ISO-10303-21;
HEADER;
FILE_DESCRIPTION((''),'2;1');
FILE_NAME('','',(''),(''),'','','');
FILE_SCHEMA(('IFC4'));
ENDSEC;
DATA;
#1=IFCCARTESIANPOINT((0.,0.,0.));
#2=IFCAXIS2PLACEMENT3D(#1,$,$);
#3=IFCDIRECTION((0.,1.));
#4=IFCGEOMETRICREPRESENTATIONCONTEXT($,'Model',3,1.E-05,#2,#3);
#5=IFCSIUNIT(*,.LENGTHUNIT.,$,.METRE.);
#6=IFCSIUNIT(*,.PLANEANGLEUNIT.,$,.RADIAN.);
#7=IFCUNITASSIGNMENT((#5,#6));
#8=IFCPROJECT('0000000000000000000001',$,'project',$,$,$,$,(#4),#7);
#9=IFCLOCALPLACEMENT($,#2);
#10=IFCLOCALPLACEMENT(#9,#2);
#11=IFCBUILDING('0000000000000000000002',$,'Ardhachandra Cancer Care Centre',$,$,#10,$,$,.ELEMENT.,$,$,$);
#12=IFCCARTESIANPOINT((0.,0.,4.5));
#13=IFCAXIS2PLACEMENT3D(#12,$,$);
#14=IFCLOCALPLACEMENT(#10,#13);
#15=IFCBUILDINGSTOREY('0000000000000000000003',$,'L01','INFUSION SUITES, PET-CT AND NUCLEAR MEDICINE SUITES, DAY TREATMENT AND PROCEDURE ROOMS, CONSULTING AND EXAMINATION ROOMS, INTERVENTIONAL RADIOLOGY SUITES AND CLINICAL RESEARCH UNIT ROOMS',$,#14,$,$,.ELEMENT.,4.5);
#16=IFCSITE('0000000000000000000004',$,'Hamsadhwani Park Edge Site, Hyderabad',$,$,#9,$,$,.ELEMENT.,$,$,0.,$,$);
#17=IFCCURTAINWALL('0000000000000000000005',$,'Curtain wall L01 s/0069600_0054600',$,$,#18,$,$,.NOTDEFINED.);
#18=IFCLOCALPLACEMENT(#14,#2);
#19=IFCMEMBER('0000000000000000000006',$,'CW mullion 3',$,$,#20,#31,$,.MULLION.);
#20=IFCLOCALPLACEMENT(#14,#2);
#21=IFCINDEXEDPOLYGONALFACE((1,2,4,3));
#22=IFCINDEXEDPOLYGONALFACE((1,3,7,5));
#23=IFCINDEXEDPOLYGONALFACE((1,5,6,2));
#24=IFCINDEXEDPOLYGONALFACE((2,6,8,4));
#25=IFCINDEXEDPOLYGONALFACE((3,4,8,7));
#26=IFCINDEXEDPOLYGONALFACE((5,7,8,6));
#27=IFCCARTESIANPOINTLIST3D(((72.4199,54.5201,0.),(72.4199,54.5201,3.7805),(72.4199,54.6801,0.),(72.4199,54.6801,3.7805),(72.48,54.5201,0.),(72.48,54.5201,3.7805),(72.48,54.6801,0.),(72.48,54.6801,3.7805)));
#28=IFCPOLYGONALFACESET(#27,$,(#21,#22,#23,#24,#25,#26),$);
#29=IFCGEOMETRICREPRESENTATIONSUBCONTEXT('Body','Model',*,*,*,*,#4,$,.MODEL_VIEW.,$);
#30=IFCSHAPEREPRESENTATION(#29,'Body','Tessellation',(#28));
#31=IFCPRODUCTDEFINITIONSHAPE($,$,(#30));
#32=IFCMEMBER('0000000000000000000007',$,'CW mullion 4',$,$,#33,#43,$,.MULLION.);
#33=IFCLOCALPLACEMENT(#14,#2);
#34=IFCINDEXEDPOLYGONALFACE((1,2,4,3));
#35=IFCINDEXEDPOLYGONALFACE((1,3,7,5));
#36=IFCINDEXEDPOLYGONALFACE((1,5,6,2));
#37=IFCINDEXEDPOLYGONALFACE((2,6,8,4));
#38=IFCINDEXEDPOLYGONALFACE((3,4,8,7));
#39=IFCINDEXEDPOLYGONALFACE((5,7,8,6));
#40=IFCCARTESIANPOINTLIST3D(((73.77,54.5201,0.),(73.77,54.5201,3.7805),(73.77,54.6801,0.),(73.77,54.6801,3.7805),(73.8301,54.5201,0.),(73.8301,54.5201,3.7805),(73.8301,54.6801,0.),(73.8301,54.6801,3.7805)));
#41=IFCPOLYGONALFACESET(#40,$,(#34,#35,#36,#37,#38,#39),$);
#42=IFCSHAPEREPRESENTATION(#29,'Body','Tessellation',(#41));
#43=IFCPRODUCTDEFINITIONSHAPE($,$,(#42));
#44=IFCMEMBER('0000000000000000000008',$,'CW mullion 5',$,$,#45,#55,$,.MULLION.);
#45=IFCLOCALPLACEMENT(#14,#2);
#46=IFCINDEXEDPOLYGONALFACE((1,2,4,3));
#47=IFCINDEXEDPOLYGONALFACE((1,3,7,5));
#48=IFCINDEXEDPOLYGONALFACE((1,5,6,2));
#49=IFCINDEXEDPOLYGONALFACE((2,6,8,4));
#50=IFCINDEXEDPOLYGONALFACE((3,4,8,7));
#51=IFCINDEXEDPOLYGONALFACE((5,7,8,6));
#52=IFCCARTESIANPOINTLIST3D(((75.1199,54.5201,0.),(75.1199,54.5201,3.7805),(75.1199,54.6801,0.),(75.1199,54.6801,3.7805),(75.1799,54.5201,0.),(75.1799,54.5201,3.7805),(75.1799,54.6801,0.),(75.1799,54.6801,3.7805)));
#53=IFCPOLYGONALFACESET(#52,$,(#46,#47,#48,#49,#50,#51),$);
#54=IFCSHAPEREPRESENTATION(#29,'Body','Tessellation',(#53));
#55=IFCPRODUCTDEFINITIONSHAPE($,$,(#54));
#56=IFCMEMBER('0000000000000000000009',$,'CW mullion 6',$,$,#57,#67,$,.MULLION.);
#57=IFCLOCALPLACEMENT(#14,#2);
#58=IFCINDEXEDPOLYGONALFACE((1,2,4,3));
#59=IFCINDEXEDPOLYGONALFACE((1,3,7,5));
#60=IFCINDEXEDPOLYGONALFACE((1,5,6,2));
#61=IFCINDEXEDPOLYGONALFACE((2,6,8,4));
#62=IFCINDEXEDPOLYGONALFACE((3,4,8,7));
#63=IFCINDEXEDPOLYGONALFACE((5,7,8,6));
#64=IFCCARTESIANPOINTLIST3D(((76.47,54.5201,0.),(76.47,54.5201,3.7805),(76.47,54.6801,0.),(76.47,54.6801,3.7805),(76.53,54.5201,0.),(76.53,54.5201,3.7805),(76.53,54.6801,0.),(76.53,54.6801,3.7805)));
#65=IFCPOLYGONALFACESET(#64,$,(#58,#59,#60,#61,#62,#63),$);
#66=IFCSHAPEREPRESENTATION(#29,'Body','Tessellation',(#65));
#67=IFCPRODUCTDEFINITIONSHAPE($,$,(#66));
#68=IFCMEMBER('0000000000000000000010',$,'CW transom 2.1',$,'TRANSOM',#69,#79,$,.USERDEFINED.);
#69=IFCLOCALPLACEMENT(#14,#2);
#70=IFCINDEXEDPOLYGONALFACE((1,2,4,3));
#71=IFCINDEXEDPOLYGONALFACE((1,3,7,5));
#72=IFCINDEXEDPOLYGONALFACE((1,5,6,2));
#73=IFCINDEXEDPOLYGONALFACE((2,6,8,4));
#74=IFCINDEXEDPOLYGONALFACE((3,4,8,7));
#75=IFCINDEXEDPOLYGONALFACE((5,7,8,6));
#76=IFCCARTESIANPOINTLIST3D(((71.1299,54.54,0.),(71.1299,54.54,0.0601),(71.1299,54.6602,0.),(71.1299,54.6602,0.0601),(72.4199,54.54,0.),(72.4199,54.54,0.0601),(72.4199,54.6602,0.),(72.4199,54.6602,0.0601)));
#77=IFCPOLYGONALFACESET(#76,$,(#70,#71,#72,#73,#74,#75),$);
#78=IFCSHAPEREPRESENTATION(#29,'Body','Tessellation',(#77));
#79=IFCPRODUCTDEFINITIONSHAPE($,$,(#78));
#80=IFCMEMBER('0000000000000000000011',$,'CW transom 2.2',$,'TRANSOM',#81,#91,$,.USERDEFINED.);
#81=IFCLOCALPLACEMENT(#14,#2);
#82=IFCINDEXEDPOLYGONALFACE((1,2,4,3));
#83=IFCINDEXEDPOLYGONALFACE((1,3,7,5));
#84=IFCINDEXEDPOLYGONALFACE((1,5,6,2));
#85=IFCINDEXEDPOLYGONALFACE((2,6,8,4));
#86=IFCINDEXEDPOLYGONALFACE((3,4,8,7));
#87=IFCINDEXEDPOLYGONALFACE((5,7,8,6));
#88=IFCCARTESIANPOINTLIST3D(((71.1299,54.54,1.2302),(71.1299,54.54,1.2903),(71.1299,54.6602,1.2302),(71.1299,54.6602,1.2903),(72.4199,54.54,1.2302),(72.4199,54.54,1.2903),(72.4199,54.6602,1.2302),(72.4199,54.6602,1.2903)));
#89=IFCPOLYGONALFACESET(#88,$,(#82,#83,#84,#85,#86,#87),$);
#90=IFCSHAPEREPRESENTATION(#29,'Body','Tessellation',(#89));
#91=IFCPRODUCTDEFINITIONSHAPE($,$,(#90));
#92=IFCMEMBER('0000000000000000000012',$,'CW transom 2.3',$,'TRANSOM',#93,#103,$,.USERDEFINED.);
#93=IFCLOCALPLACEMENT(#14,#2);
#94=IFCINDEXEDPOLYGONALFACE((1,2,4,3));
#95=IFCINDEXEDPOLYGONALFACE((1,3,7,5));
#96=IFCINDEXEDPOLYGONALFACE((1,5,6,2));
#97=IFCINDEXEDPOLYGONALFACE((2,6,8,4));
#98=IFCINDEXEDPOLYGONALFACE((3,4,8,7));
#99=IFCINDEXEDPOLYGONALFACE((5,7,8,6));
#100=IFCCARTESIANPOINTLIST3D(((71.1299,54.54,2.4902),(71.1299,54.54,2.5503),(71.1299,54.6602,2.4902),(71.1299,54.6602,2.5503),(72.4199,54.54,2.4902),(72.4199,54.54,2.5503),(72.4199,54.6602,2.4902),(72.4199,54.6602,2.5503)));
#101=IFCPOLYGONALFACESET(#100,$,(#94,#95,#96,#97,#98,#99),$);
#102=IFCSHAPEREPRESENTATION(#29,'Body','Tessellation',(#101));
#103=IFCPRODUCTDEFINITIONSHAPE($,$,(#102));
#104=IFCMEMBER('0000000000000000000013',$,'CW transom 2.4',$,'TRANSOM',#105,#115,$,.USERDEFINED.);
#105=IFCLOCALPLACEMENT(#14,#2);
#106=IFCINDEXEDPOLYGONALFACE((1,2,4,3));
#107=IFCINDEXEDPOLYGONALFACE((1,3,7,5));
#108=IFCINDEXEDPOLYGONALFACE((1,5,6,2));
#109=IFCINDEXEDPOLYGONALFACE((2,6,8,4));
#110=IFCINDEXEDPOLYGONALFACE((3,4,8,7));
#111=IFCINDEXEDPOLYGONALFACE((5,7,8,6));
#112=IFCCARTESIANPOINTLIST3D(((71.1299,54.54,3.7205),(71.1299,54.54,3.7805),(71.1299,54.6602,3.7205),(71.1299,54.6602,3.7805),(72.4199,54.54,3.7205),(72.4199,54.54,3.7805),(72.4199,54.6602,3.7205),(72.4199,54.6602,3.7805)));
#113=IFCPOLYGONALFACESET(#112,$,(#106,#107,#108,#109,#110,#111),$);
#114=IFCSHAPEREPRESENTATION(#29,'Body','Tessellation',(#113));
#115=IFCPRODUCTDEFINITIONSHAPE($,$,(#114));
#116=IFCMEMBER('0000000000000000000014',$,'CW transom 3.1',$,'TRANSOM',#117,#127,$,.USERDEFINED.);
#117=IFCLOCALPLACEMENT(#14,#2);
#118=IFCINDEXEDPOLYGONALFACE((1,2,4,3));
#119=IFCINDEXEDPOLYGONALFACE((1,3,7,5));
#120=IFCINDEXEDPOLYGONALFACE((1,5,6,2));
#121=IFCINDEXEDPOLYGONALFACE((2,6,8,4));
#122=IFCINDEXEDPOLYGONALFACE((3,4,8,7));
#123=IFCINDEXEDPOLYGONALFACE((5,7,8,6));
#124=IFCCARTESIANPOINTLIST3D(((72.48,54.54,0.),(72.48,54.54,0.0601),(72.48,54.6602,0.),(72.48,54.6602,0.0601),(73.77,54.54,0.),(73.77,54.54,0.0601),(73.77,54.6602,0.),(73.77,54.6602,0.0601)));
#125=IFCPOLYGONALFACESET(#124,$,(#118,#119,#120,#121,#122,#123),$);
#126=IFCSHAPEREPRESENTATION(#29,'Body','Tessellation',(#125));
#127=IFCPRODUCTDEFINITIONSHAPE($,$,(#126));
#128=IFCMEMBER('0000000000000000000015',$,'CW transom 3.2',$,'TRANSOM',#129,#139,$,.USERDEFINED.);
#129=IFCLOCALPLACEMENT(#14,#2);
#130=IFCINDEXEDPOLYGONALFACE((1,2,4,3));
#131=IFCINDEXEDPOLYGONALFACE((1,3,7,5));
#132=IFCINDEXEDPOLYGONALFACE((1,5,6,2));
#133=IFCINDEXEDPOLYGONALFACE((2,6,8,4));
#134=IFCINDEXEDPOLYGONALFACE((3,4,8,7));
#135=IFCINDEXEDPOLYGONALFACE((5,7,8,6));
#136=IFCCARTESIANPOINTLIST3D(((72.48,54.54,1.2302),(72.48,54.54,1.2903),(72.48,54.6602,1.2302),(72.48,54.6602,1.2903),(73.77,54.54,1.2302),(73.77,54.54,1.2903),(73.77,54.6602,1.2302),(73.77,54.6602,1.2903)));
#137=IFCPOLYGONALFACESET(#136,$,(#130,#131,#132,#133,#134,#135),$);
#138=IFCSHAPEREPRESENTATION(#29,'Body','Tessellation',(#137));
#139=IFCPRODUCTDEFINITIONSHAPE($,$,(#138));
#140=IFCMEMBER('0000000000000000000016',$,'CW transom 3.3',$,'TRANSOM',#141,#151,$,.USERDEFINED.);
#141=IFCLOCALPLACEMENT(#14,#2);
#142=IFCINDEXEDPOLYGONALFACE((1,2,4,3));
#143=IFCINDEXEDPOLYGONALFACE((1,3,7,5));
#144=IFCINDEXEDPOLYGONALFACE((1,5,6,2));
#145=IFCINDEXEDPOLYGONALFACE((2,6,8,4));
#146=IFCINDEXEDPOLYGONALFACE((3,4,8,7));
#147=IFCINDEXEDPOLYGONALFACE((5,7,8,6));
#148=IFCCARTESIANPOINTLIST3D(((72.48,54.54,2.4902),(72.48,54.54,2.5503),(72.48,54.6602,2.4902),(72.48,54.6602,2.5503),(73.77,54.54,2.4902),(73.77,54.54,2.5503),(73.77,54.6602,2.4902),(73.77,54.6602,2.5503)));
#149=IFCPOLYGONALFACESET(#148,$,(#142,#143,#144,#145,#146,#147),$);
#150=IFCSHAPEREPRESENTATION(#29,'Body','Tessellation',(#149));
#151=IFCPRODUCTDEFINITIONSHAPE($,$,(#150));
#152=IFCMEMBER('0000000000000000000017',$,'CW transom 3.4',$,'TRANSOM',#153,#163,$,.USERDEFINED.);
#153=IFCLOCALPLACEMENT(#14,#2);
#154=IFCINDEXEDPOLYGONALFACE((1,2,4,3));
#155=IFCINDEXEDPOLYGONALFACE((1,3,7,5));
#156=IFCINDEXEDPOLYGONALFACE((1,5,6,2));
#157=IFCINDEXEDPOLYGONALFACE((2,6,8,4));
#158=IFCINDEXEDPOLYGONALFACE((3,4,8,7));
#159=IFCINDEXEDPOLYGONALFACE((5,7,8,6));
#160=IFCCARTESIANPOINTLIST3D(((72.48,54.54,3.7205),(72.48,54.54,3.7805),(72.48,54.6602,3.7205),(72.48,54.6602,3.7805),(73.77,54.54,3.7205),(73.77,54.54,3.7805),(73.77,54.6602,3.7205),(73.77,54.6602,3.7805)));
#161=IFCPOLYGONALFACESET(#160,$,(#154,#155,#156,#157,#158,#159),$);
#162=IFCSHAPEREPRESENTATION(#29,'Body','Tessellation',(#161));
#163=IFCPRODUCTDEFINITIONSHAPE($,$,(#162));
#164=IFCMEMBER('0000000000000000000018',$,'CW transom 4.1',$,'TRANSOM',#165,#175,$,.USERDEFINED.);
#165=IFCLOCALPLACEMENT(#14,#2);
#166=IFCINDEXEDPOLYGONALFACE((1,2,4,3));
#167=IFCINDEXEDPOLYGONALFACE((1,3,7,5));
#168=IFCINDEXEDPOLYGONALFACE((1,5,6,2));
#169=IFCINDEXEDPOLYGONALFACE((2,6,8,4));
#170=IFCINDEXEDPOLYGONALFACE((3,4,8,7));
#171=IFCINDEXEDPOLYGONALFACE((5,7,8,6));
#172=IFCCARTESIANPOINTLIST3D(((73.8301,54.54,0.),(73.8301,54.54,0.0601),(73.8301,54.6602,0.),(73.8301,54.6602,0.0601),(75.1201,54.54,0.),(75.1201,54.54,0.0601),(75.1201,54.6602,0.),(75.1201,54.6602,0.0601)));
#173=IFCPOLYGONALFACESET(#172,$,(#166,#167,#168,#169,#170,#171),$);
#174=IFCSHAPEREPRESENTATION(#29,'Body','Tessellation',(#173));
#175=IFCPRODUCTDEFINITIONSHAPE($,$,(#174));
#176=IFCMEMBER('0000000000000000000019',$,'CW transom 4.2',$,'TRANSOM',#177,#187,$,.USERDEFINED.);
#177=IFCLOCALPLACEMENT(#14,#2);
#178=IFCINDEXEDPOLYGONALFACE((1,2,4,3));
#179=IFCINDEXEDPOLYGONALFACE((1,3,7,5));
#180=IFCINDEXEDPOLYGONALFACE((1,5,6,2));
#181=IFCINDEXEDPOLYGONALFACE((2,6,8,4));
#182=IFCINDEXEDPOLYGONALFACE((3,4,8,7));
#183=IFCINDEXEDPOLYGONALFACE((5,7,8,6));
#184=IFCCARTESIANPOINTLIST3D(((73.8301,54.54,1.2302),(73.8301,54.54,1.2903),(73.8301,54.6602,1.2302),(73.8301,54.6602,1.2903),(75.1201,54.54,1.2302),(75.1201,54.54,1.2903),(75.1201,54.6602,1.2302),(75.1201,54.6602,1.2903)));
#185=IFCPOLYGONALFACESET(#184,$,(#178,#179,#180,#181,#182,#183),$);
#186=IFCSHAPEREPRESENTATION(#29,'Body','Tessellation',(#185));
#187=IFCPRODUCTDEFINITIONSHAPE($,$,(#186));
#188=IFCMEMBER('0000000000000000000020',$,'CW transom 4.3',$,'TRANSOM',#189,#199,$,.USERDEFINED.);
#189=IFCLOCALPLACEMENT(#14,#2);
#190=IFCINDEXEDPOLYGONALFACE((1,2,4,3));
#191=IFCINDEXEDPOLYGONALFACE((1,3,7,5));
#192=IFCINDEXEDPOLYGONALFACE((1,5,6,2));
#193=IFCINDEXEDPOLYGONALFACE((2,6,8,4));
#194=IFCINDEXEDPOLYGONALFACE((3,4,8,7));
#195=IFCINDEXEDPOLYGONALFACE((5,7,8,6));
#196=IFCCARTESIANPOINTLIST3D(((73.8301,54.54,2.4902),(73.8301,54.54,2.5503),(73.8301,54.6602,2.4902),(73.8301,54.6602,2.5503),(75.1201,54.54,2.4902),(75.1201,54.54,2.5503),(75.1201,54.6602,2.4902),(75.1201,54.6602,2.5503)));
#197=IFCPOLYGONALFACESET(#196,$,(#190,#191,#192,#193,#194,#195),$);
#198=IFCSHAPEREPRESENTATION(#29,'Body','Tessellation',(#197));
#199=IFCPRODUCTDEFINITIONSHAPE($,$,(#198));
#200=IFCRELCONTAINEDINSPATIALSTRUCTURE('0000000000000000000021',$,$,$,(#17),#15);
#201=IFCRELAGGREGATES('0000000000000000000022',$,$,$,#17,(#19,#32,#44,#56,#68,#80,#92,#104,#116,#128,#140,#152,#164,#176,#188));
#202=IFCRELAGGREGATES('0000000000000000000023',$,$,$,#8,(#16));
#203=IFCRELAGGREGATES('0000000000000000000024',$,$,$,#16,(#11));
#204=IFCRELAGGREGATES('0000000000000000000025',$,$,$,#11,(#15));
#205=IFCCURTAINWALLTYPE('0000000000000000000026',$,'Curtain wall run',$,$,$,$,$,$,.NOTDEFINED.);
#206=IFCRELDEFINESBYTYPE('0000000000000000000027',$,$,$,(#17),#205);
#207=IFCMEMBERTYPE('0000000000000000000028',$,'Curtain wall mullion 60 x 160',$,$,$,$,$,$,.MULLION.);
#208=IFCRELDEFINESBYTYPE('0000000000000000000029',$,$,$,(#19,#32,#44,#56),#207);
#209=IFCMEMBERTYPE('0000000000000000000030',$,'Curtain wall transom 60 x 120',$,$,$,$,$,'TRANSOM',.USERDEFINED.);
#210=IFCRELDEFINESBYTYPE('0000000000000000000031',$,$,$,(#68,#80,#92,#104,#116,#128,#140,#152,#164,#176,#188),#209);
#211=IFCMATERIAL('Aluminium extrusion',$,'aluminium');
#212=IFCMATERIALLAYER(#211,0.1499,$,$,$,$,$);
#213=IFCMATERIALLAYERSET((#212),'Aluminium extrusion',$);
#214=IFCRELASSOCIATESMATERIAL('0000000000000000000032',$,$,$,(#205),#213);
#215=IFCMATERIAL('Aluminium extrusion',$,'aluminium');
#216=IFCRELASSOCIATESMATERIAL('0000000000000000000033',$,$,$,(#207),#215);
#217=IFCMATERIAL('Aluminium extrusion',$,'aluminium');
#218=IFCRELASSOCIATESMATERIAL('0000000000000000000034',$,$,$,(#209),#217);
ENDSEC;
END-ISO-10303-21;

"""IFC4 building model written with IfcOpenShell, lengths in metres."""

from ifc_helpers import new_model, si_unit, direction, frame, origin, origin_2d, place, context, subcontext, project, spatial, rectangle, extrude, material, layer, layer_set, material_profile, profile_set, type_object, element, aggregate, save


model = new_model("IFC4")

# Units and contexts
model_context = context("Model", 3, precision=1e-05, world=origin(), true_north=direction((0.0, 1.0)))
body_context = subcontext(model_context, "Body", "Model", "MODEL_VIEW")
ifc_project = project(units=[si_unit("LENGTHUNIT", "METRE"), si_unit("PLANEANGLEUNIT", "RADIAN")], contexts=[model_context])

# Site, building, storey
site_placement = place(None, origin())
site = spatial("IfcSite", under=ifc_project, at=site_placement, Name="Hamsadhwani Park Edge Site, Hyderabad", CompositionType="ELEMENT", RefElevation=0.0)
building_placement = place(site_placement, origin())
building = spatial("IfcBuilding", under=site, at=building_placement, Name="Ardhachandra Cancer Care Centre", CompositionType="ELEMENT")
storey_placement = place(building_placement, frame((0.0, 0.0, 4.5)))
storey = spatial("IfcBuildingStorey", under=building, at=storey_placement, Name="L01", Description="INFUSION SUITES, PET-CT AND NUCLEAR MEDICINE SUITES, DAY TREATMENT AND PROCEDURE ROOMS, CONSULTING AND EXAMINATION ROOMS, INTERVENTIONAL RADIOLOGY SUITES AND CLINICAL RESEARCH UNIT ROOMS", CompositionType="ELEMENT", Elevation=4.5)

# Curtain wall, members
ifc_material_1 = material(Name="Aluminium extrusion", Category="aluminium")
ifc_layer_1 = layer(ifc_material_1, 0.1499)
ifc_layer_set_1 = layer_set([ifc_layer_1], Name="Aluminium extrusion")
curtain_wall_type = type_object("IfcCurtainWallType", Name="Curtain wall run", PredefinedType="NOTDEFINED", material=ifc_layer_set_1)
curtain_wall_placement = place(storey_placement, origin())
curtain_wall = element("IfcCurtainWall", 1, at=curtain_wall_placement, inside=storey, type_object=curtain_wall_type, Name="Curtain wall L01 s/0069600_0054600", PredefinedType="NOTDEFINED")
ifc_material_2 = material(Name="Aluminium extrusion", Category="aluminium")
ifc_material_profile_1 = material_profile(ifc_material_2, rectangle(XDim=0.1599, YDim=0.0601, at=origin_2d()), Name="Curtain wall mullion 60 x 160")
ifc_profile_set_1 = profile_set([ifc_material_profile_1], Name="Aluminium extrusion")
member_type_1 = type_object("IfcMemberType", Name="Curtain wall mullion 60 x 160", PredefinedType="MULLION", material=ifc_profile_set_1)
member_1_placement = place(storey_placement, frame((72.45, 54.6001, 0.0), z_axis=(0.0, 0.0, 1.0), x_axis=(0.0, 1.0, 0.0)))
member_1 = element("IfcMember", 2, at=member_1_placement, type_object=member_type_1, Name="CW mullion 3", PredefinedType="MULLION", context=body_context, shape_type="SweptSolid", body=[
    extrude(rectangle(XDim=0.1599, YDim=0.0601, at=origin_2d()), origin(), (0.0, 0.0, 1.0), 3.7805),
])
member_2_placement = place(storey_placement, frame((73.8, 54.6001, 0.0), z_axis=(0.0, 0.0, 1.0), x_axis=(0.0, 1.0, 0.0)))
member_2 = element("IfcMember", 3, at=member_2_placement, type_object=member_type_1, Name="CW mullion 4", PredefinedType="MULLION", context=body_context, shape_type="SweptSolid", body=[
    extrude(rectangle(XDim=0.1599, YDim=0.0601, at=origin_2d()), origin(), (0.0, 0.0, 1.0), 3.7805),
])
member_3_placement = place(storey_placement, frame((75.1499, 54.6001, 0.0), z_axis=(0.0, 0.0, 1.0), x_axis=(0.0, 1.0, 0.0)))
member_3 = element("IfcMember", 4, at=member_3_placement, type_object=member_type_1, Name="CW mullion 5", PredefinedType="MULLION", context=body_context, shape_type="SweptSolid", body=[
    extrude(rectangle(XDim=0.1599, YDim=0.0601, at=origin_2d()), origin(), (0.0, 0.0, 1.0), 3.7805),
])
member_4_placement = place(storey_placement, frame((76.5, 54.6001, 0.0), z_axis=(0.0, 0.0, 1.0), x_axis=(0.0, 1.0, 0.0)))
member_4 = element("IfcMember", 5, at=member_4_placement, type_object=member_type_1, Name="CW mullion 6", PredefinedType="MULLION", context=body_context, shape_type="SweptSolid", body=[
    extrude(rectangle(XDim=0.1599, YDim=0.0601, at=origin_2d()), origin(), (0.0, 0.0, 1.0), 3.7805),
])
ifc_material_3 = material(Name="Aluminium extrusion", Category="aluminium")
ifc_material_profile_2 = material_profile(ifc_material_3, rectangle(XDim=0.1201, YDim=0.0601, at=origin_2d()), Name="Curtain wall transom 60 x 120")
ifc_profile_set_2 = profile_set([ifc_material_profile_2], Name="Aluminium extrusion")
member_type_2 = type_object("IfcMemberType", Name="Curtain wall transom 60 x 120", ElementType="TRANSOM", PredefinedType="USERDEFINED", material=ifc_profile_set_2)
member_5_placement = place(storey_placement, frame((71.1299, 54.6001, 0.03), z_axis=(1.0, 0.0, 0.0), x_axis=(0.0, 1.0, 0.0)))
member_5 = element("IfcMember", 6, at=member_5_placement, type_object=member_type_2, Name="CW transom 2.1", ObjectType="TRANSOM", PredefinedType="USERDEFINED", context=body_context, shape_type="SweptSolid", body=[
    extrude(rectangle(XDim=0.1201, YDim=0.0601, at=origin_2d()), origin(), (0.0, 0.0, 1.0), 1.29),
])
member_6_placement = place(storey_placement, frame((71.1299, 54.6001, 1.2603), z_axis=(1.0, 0.0, 0.0), x_axis=(0.0, 1.0, 0.0)))
member_6 = element("IfcMember", 7, at=member_6_placement, type_object=member_type_2, Name="CW transom 2.2", ObjectType="TRANSOM", PredefinedType="USERDEFINED", context=body_context, shape_type="SweptSolid", body=[
    extrude(rectangle(XDim=0.1201, YDim=0.0601, at=origin_2d()), origin(), (0.0, 0.0, 1.0), 1.29),
])
member_7_placement = place(storey_placement, frame((71.1299, 54.6001, 2.5203), z_axis=(1.0, 0.0, 0.0), x_axis=(0.0, 1.0, 0.0)))
member_7 = element("IfcMember", 8, at=member_7_placement, type_object=member_type_2, Name="CW transom 2.3", ObjectType="TRANSOM", PredefinedType="USERDEFINED", context=body_context, shape_type="SweptSolid", body=[
    extrude(rectangle(XDim=0.1201, YDim=0.0601, at=origin_2d()), origin(), (0.0, 0.0, 1.0), 1.29),
])
member_8_placement = place(storey_placement, frame((71.1299, 54.6001, 3.7505), z_axis=(1.0, 0.0, 0.0), x_axis=(0.0, 1.0, 0.0)))
member_8 = element("IfcMember", 9, at=member_8_placement, type_object=member_type_2, Name="CW transom 2.4", ObjectType="TRANSOM", PredefinedType="USERDEFINED", context=body_context, shape_type="SweptSolid", body=[
    extrude(rectangle(XDim=0.1201, YDim=0.0601, at=origin_2d()), origin(), (0.0, 0.0, 1.0), 1.29),
])
member_9_placement = place(storey_placement, frame((72.48, 54.6001, 0.03), z_axis=(1.0, 0.0, 0.0), x_axis=(0.0, 1.0, 0.0)))
member_9 = element("IfcMember", 10, at=member_9_placement, type_object=member_type_2, Name="CW transom 3.1", ObjectType="TRANSOM", PredefinedType="USERDEFINED", context=body_context, shape_type="SweptSolid", body=[
    extrude(rectangle(XDim=0.1201, YDim=0.0601, at=origin_2d()), origin(), (0.0, 0.0, 1.0), 1.29),
])
member_10_placement = place(storey_placement, frame((72.48, 54.6001, 1.2603), z_axis=(1.0, 0.0, 0.0), x_axis=(0.0, 1.0, 0.0)))
member_10 = element("IfcMember", 11, at=member_10_placement, type_object=member_type_2, Name="CW transom 3.2", ObjectType="TRANSOM", PredefinedType="USERDEFINED", context=body_context, shape_type="SweptSolid", body=[
    extrude(rectangle(XDim=0.1201, YDim=0.0601, at=origin_2d()), origin(), (0.0, 0.0, 1.0), 1.29),
])
member_11_placement = place(storey_placement, frame((72.48, 54.6001, 2.5203), z_axis=(1.0, 0.0, 0.0), x_axis=(0.0, 1.0, 0.0)))
member_11 = element("IfcMember", 12, at=member_11_placement, type_object=member_type_2, Name="CW transom 3.3", ObjectType="TRANSOM", PredefinedType="USERDEFINED", context=body_context, shape_type="SweptSolid", body=[
    extrude(rectangle(XDim=0.1201, YDim=0.0601, at=origin_2d()), origin(), (0.0, 0.0, 1.0), 1.29),
])
member_12_placement = place(storey_placement, frame((72.48, 54.6001, 3.7505), z_axis=(1.0, 0.0, 0.0), x_axis=(0.0, 1.0, 0.0)))
member_12 = element("IfcMember", 13, at=member_12_placement, type_object=member_type_2, Name="CW transom 3.4", ObjectType="TRANSOM", PredefinedType="USERDEFINED", context=body_context, shape_type="SweptSolid", body=[
    extrude(rectangle(XDim=0.1201, YDim=0.0601, at=origin_2d()), origin(), (0.0, 0.0, 1.0), 1.29),
])
member_13_placement = place(storey_placement, frame((73.8301, 54.6001, 0.03), z_axis=(1.0, 0.0, 0.0), x_axis=(0.0, 1.0, 0.0)))
member_13 = element("IfcMember", 14, at=member_13_placement, type_object=member_type_2, Name="CW transom 4.1", ObjectType="TRANSOM", PredefinedType="USERDEFINED", context=body_context, shape_type="SweptSolid", body=[
    extrude(rectangle(XDim=0.1201, YDim=0.0601, at=origin_2d()), origin(), (0.0, 0.0, 1.0), 1.29),
])
member_14_placement = place(storey_placement, frame((73.8301, 54.6001, 1.2603), z_axis=(1.0, 0.0, 0.0), x_axis=(0.0, 1.0, 0.0)))
member_14 = element("IfcMember", 15, at=member_14_placement, type_object=member_type_2, Name="CW transom 4.2", ObjectType="TRANSOM", PredefinedType="USERDEFINED", context=body_context, shape_type="SweptSolid", body=[
    extrude(rectangle(XDim=0.1201, YDim=0.0601, at=origin_2d()), origin(), (0.0, 0.0, 1.0), 1.29),
])
member_15_placement = place(storey_placement, frame((73.8301, 54.6001, 2.5203), z_axis=(1.0, 0.0, 0.0), x_axis=(0.0, 1.0, 0.0)))
member_15 = element("IfcMember", 16, at=member_15_placement, type_object=member_type_2, Name="CW transom 4.3", ObjectType="TRANSOM", PredefinedType="USERDEFINED", context=body_context, shape_type="SweptSolid", body=[
    extrude(rectangle(XDim=0.1201, YDim=0.0601, at=origin_2d()), origin(), (0.0, 0.0, 1.0), 1.29),
])
aggregate(curtain_wall, [member_1, member_2, member_3, member_4, member_5, member_6, member_7, member_8, member_9, member_10, member_11, member_12, member_13, member_14, member_15])

save(model, "model.ifc")
